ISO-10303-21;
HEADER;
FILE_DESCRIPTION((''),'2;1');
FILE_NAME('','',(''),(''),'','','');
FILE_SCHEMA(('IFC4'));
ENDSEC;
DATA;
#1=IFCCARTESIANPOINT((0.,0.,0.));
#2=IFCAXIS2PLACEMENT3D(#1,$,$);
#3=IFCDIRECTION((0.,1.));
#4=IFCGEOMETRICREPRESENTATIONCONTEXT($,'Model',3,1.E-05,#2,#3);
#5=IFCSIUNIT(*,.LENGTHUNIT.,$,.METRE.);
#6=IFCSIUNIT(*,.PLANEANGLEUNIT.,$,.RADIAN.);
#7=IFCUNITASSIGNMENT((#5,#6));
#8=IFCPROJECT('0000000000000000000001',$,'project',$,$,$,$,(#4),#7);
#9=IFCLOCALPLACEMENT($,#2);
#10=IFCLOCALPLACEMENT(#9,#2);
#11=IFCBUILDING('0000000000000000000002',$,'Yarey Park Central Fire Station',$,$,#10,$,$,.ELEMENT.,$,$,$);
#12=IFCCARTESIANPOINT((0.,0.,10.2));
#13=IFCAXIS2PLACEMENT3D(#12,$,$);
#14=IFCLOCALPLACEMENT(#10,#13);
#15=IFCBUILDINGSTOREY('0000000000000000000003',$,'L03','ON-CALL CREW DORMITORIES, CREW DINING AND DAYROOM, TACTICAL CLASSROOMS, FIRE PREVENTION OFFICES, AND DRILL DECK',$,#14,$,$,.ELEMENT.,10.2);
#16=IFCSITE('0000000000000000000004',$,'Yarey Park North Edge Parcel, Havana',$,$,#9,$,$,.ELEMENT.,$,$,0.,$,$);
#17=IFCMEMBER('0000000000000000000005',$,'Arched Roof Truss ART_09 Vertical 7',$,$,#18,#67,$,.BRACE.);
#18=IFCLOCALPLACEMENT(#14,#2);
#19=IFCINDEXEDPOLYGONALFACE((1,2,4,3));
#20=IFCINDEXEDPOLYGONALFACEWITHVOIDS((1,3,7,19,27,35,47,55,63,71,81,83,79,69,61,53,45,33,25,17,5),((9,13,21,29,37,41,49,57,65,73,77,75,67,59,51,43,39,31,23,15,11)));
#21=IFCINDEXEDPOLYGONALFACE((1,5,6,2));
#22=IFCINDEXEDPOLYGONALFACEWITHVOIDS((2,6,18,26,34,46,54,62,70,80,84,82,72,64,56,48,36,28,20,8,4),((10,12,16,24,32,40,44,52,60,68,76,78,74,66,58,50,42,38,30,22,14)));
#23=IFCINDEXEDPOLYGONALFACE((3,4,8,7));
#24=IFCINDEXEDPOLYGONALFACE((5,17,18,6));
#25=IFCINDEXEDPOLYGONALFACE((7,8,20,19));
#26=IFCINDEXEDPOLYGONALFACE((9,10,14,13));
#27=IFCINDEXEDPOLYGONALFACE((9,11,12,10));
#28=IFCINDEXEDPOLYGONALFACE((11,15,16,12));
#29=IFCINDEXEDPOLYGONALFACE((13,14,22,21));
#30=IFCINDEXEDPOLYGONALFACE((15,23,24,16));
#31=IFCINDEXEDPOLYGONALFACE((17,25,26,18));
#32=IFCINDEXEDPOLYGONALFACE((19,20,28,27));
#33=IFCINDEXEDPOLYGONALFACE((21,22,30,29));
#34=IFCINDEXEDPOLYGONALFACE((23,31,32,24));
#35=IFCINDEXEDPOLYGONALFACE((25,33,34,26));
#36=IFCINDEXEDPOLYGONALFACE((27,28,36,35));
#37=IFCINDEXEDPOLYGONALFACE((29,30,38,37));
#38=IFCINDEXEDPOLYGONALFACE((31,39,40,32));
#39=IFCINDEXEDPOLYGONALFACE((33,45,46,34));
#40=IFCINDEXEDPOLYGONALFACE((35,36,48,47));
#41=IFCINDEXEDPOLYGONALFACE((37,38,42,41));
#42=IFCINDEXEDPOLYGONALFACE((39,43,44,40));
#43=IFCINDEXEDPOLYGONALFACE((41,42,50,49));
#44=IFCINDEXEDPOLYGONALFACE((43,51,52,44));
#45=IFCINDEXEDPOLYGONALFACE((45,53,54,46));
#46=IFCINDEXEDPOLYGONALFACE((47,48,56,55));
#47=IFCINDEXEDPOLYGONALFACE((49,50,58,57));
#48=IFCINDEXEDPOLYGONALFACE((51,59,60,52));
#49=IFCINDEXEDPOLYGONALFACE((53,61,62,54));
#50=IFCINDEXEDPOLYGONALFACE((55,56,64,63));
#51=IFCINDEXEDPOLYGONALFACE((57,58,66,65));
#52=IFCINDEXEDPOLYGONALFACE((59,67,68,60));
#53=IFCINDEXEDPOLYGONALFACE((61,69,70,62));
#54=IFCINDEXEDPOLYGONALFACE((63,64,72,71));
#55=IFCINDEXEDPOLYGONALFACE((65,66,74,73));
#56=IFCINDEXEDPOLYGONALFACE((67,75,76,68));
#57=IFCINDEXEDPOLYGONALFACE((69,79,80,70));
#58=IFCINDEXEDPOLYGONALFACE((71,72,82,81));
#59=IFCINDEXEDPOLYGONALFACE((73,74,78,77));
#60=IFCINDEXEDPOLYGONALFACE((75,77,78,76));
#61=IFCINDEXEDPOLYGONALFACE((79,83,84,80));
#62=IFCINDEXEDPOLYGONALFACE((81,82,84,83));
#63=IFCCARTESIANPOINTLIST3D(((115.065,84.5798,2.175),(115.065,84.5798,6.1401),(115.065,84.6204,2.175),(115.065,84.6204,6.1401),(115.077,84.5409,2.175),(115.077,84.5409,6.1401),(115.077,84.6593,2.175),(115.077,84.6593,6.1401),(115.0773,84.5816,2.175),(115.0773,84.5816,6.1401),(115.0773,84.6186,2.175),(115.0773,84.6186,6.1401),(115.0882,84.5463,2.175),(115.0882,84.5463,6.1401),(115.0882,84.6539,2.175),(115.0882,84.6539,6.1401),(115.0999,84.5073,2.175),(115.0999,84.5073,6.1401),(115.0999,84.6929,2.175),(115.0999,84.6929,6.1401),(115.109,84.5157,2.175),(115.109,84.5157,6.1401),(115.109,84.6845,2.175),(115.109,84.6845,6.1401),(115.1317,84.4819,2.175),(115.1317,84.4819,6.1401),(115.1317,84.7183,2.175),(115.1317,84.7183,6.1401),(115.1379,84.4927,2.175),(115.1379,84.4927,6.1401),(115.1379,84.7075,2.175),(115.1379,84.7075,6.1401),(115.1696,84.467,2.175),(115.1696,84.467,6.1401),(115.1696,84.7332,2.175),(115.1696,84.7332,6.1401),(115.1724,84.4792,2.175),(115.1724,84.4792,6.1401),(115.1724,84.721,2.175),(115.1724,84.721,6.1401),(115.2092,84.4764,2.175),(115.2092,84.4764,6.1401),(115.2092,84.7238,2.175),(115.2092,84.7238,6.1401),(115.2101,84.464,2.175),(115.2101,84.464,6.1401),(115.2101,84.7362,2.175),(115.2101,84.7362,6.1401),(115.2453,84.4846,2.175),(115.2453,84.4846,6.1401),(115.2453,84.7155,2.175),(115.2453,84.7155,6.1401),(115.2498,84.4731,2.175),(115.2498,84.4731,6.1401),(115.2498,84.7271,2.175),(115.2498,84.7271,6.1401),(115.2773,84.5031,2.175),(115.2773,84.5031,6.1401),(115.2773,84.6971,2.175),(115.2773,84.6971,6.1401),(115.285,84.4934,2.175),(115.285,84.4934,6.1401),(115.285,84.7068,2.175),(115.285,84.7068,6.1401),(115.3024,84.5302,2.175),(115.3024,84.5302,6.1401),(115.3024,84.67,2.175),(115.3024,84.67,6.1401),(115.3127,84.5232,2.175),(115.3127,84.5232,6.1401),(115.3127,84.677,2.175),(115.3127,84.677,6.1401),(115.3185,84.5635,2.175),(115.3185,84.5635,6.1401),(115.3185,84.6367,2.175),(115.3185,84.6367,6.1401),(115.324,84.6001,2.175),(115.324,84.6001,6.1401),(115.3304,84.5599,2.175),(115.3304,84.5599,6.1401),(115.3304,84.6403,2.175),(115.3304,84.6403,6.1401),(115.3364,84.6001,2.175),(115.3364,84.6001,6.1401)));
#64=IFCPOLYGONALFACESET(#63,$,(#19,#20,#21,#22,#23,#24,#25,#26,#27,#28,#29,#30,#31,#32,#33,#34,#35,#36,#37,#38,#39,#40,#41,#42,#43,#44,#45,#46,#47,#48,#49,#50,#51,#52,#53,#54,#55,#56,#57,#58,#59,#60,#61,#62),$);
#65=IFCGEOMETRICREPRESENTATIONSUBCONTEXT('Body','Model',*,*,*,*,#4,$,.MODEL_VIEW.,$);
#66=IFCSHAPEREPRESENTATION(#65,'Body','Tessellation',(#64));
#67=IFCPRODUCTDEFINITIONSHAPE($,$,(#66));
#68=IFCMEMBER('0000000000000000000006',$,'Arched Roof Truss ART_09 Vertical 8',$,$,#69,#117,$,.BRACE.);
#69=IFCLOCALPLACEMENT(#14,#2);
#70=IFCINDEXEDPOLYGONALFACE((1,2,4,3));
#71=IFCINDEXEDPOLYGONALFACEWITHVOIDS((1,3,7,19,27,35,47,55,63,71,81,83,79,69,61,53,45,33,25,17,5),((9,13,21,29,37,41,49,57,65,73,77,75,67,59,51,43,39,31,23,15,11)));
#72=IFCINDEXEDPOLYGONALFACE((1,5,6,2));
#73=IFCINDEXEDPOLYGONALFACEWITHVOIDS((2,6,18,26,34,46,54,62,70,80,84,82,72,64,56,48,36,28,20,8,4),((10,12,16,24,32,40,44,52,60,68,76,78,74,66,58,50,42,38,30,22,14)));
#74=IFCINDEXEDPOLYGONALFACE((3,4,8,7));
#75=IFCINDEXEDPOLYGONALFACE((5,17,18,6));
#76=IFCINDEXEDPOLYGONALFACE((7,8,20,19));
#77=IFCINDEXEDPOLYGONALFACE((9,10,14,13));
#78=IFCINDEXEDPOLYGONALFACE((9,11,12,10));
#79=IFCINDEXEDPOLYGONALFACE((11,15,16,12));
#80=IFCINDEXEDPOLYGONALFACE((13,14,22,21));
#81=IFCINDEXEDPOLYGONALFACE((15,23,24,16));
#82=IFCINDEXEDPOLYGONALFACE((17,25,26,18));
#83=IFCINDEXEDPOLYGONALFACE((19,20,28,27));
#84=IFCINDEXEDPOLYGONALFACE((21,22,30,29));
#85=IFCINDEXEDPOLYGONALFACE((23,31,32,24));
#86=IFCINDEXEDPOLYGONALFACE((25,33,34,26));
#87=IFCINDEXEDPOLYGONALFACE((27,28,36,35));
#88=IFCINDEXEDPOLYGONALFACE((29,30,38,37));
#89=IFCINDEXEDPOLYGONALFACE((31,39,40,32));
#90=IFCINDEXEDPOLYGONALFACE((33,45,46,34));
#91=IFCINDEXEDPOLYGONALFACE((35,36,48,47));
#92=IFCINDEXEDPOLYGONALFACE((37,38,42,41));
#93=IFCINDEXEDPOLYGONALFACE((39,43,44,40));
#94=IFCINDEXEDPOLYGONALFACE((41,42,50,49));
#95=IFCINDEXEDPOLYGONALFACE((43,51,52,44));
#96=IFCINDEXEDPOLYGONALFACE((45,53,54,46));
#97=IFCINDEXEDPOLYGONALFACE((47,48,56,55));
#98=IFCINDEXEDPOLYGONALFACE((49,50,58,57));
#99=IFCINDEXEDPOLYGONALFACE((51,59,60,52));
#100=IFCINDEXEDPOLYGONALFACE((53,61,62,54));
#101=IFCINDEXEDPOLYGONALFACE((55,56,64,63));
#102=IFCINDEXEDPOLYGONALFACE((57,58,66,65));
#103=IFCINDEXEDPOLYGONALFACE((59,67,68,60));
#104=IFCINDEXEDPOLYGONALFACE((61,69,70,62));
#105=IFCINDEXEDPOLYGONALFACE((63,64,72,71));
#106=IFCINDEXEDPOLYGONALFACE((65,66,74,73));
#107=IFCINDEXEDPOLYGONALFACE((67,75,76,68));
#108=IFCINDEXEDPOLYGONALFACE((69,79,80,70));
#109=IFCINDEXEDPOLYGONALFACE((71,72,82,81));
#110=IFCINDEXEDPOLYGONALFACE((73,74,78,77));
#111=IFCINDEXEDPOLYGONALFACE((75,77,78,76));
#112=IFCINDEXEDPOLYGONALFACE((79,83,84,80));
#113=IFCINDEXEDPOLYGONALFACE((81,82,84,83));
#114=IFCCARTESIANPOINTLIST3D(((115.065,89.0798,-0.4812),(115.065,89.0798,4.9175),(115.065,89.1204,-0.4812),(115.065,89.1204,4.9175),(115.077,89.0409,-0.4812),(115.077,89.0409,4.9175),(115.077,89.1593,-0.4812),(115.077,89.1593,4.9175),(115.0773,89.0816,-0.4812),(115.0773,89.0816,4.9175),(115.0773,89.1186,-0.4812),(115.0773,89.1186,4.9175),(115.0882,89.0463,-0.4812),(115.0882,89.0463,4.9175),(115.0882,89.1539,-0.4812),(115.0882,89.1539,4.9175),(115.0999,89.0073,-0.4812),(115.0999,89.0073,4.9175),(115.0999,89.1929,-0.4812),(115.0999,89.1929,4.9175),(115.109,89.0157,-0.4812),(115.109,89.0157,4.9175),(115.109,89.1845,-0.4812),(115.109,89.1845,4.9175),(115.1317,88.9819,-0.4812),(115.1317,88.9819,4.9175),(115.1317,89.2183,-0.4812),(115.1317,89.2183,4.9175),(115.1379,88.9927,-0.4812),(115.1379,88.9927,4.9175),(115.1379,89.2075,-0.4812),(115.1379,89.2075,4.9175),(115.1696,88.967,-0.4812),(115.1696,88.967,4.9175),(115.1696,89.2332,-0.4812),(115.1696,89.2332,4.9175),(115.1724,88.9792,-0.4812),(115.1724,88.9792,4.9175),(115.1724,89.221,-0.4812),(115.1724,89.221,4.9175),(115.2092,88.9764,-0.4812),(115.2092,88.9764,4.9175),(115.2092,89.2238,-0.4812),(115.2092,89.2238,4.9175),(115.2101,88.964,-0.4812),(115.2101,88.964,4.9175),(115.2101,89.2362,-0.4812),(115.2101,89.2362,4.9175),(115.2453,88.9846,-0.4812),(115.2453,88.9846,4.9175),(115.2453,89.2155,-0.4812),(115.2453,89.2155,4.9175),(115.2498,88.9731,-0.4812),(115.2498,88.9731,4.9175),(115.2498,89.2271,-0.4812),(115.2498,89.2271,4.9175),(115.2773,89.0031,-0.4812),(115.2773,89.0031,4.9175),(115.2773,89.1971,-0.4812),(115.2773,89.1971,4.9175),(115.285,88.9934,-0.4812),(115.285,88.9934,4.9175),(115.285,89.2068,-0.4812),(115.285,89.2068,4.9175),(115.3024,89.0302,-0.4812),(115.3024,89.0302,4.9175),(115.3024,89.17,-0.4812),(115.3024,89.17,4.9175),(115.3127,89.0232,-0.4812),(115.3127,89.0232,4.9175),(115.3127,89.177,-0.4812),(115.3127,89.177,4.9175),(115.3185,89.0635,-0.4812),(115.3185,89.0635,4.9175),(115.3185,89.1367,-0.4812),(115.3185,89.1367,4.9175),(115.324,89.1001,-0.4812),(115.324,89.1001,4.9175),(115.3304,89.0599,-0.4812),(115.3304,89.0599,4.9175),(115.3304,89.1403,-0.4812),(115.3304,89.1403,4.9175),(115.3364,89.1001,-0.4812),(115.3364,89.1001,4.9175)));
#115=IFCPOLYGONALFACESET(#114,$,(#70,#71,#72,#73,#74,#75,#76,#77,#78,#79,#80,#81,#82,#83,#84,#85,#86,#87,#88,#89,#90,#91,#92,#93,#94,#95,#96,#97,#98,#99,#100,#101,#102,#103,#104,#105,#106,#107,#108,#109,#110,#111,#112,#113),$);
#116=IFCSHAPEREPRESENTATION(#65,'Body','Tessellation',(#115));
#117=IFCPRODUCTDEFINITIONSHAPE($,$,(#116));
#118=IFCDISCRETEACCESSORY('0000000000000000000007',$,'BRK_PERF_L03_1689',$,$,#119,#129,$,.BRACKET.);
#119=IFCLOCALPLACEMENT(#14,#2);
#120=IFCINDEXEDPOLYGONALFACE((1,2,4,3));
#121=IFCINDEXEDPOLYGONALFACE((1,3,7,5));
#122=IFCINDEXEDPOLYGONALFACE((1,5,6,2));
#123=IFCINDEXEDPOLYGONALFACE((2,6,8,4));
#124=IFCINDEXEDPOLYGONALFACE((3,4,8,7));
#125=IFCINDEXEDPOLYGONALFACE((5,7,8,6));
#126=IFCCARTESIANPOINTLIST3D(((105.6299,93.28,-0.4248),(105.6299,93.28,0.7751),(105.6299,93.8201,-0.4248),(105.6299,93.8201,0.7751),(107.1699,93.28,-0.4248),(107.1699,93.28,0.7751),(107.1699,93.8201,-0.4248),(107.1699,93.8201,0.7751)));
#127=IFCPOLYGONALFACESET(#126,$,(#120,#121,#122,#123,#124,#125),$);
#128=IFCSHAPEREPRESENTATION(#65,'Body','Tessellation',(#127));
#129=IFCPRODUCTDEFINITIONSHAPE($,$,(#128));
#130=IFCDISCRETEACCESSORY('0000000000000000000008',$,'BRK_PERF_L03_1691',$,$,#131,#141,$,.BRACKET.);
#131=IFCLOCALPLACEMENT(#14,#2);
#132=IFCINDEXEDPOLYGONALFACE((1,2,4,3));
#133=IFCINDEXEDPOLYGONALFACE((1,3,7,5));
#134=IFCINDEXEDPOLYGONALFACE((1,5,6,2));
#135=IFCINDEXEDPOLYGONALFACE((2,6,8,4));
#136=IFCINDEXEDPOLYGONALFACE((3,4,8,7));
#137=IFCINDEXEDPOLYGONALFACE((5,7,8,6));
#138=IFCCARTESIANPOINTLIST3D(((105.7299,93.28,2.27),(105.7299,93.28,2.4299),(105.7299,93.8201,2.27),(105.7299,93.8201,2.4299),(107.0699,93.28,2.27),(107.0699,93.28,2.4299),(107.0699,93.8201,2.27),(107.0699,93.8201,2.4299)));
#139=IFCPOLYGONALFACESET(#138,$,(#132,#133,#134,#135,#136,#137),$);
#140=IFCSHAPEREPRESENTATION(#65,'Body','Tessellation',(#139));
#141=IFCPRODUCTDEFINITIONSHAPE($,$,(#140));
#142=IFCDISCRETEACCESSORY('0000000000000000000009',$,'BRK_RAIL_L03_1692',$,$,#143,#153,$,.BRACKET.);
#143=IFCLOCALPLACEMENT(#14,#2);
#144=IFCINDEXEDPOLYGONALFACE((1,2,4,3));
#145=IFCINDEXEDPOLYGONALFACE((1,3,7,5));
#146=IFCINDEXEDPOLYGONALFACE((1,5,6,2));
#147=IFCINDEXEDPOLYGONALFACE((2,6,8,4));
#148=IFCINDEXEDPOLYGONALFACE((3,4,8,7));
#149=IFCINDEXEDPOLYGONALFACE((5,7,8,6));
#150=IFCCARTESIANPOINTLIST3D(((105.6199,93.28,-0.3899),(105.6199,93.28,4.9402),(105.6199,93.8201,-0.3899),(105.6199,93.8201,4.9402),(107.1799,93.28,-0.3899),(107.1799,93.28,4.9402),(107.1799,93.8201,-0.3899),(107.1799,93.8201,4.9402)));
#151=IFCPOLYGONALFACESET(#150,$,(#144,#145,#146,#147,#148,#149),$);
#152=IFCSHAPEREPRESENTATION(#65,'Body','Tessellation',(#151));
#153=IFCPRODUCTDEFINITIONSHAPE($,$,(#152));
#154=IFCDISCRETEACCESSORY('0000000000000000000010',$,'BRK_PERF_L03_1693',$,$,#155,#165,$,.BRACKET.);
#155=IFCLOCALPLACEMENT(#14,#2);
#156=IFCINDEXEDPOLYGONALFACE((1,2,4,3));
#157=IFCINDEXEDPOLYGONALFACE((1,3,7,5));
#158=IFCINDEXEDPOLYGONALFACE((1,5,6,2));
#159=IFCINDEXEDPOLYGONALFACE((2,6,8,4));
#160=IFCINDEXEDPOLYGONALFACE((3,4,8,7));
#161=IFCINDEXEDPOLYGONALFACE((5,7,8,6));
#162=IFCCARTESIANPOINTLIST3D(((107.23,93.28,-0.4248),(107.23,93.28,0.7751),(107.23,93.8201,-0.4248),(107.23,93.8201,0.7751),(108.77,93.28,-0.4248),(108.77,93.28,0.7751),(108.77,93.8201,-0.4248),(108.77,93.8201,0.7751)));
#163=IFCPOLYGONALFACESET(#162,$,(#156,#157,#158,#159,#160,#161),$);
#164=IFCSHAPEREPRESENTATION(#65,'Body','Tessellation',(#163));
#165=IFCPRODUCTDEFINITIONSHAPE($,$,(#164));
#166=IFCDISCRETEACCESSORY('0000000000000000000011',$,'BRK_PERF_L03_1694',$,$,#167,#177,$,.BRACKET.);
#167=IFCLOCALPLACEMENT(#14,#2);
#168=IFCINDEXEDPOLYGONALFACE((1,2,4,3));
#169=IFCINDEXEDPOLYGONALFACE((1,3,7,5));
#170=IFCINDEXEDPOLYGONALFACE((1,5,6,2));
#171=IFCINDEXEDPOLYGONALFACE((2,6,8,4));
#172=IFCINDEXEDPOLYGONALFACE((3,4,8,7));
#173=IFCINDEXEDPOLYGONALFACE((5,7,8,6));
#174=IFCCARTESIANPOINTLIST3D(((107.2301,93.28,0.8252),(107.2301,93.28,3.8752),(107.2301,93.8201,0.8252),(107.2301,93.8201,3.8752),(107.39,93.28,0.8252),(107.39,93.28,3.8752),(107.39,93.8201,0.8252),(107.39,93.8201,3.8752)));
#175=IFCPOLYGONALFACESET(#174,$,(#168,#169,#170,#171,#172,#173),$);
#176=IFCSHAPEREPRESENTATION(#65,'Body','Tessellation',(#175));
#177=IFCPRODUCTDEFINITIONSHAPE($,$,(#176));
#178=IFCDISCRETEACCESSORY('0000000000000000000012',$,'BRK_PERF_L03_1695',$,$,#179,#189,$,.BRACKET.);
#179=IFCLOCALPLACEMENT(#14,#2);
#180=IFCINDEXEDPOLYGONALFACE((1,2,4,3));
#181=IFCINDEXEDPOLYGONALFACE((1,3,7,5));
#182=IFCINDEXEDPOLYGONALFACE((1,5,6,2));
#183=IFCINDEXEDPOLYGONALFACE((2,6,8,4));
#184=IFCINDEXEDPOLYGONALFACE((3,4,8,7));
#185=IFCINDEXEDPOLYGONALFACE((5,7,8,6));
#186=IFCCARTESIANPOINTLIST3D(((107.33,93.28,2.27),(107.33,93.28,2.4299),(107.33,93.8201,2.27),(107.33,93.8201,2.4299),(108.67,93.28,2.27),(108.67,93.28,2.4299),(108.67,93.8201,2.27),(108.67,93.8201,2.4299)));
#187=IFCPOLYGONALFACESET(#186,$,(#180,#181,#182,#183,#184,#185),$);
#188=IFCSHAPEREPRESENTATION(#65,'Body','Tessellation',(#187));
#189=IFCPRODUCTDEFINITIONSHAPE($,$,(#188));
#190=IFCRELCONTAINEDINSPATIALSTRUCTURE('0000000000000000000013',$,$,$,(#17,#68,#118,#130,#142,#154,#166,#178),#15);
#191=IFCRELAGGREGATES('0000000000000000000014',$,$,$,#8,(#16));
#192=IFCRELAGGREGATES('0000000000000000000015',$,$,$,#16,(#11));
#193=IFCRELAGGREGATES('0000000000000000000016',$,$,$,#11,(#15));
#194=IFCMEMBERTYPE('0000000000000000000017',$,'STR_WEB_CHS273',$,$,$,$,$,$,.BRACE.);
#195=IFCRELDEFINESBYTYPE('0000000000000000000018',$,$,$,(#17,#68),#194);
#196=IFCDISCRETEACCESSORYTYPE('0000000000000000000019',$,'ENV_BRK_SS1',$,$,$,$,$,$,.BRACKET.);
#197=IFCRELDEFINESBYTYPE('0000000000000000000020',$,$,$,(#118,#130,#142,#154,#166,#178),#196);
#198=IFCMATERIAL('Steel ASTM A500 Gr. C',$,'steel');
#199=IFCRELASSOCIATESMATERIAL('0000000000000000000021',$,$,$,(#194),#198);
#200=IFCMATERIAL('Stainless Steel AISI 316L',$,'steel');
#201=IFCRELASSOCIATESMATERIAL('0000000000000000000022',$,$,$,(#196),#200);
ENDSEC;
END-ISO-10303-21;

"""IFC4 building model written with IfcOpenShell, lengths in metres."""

from ifc_helpers import new_model, si_unit, direction, frame, origin, origin_2d, place, context, subcontext, project, spatial, rectangle, hollow_circle, extrude, material, material_profile, profile_set, type_object, element, save


model = new_model("IFC4")

# Units and contexts
model_context = context("Model", 3, precision=1e-05, world=origin(), true_north=direction((0.0, 1.0)))
body_context = subcontext(model_context, "Body", "Model", "MODEL_VIEW")
ifc_project = project(units=[si_unit("LENGTHUNIT", "METRE"), si_unit("PLANEANGLEUNIT", "RADIAN")], contexts=[model_context])

# Site, building, storey
site_placement = place(None, origin())
site = spatial("IfcSite", under=ifc_project, at=site_placement, Name="Yarey Park North Edge Parcel, Havana", CompositionType="ELEMENT", RefElevation=0.0)
building_placement = place(site_placement, origin())
building = spatial("IfcBuilding", under=site, at=building_placement, Name="Yarey Park Central Fire Station", CompositionType="ELEMENT")
storey_placement = place(building_placement, frame((0.0, 0.0, 10.2)))
storey = spatial("IfcBuildingStorey", under=building, at=storey_placement, Name="L03", Description="ON-CALL CREW DORMITORIES, CREW DINING AND DAYROOM, TACTICAL CLASSROOMS, FIRE PREVENTION OFFICES, AND DRILL DECK", CompositionType="ELEMENT", Elevation=10.2)

# Members
ifc_material_1 = material(Name="Steel ASTM A500 Gr. C", Category="steel")
ifc_material_profile_1 = material_profile(ifc_material_1, hollow_circle(Radius=0.1365, WallThickness=0.0125, at=origin_2d()), Name="CHS 273x12.5")
ifc_profile_set_1 = profile_set([ifc_material_profile_1], Name="Steel ASTM A500 Gr. C")
member_type_1 = type_object("IfcMemberType", Name="STR_WEB_CHS273", PredefinedType="BRACE", material=ifc_profile_set_1)
member_1_placement = place(storey_placement, frame((115.2, 84.6001, 2.175), z_axis=(0.0, 0.0, 1.0), x_axis=(1.0, 0.0, 0.0)))
element("IfcMember", 1, at=member_1_placement, inside=storey, type_object=member_type_1, Name="Arched Roof Truss ART_09 Vertical 7", PredefinedType="BRACE", context=body_context, shape_type="SweptSolid", body=[
    extrude(hollow_circle(Radius=0.1365, WallThickness=0.0125, at=origin_2d()), origin(), (0.0, 0.0, 1.0), 3.9651),
])
member_2_placement = place(storey_placement, frame((115.2, 89.1001, -0.4812), z_axis=(0.0, 0.0, 1.0), x_axis=(1.0, 0.0, 0.0)))
element("IfcMember", 2, at=member_2_placement, inside=storey, type_object=member_type_1, Name="Arched Roof Truss ART_09 Vertical 8", PredefinedType="BRACE", context=body_context, shape_type="SweptSolid", body=[
    extrude(hollow_circle(Radius=0.1365, WallThickness=0.0125, at=origin_2d()), origin(), (0.0, 0.0, 1.0), 5.3987),
])

# Discrete accessories
ifc_material_2 = material(Name="Stainless Steel AISI 316L", Category="steel")
discrete_accessory_type = type_object("IfcDiscreteAccessoryType", Name="ENV_BRK_SS1", PredefinedType="BRACKET", material=ifc_material_2)
discrete_accessory_1_placement = place(storey_placement, frame((106.3999, 93.55, -0.4248), z_axis=(0.0, 0.0, 1.0), x_axis=(1.0, 0.0, 0.0)))
element("IfcDiscreteAccessory", 3, at=discrete_accessory_1_placement, inside=storey, type_object=discrete_accessory_type, Name="BRK_PERF_L03_1689", PredefinedType="BRACKET", context=body_context, shape_type="SweptSolid", body=[
    extrude(rectangle(XDim=1.54, YDim=0.54, at=origin_2d()), origin(), (0.0, 0.0, 1.0), 1.2),
])
discrete_accessory_2_placement = place(storey_placement, frame((106.3999, 93.55, 2.27), z_axis=(0.0, 0.0, 1.0), x_axis=(1.0, 0.0, 0.0)))
element("IfcDiscreteAccessory", 4, at=discrete_accessory_2_placement, inside=storey, type_object=discrete_accessory_type, Name="BRK_PERF_L03_1691", PredefinedType="BRACKET", context=body_context, shape_type="SweptSolid", body=[
    extrude(rectangle(XDim=1.3401, YDim=0.54, at=origin_2d()), origin(), (0.0, 0.0, 1.0), 0.1599),
])
discrete_accessory_3_placement = place(storey_placement, frame((106.3999, 93.55, -0.3899), z_axis=(0.0, 0.0, 1.0), x_axis=(1.0, 0.0, 0.0)))
element("IfcDiscreteAccessory", 5, at=discrete_accessory_3_placement, inside=storey, type_object=discrete_accessory_type, Name="BRK_RAIL_L03_1692", PredefinedType="BRACKET", context=body_context, shape_type="SweptSolid", body=[
    extrude(rectangle(XDim=1.5601, YDim=0.54, at=origin_2d()), origin(), (0.0, 0.0, 1.0), 5.3301),
])
discrete_accessory_4_placement = place(storey_placement, frame((108.0, 93.55, -0.4248), z_axis=(0.0, 0.0, 1.0), x_axis=(1.0, 0.0, 0.0)))
element("IfcDiscreteAccessory", 6, at=discrete_accessory_4_placement, inside=storey, type_object=discrete_accessory_type, Name="BRK_PERF_L03_1693", PredefinedType="BRACKET", context=body_context, shape_type="SweptSolid", body=[
    extrude(rectangle(XDim=1.54, YDim=0.54, at=origin_2d()), origin(), (0.0, 0.0, 1.0), 1.2),
])
discrete_accessory_5_placement = place(storey_placement, frame((107.3101, 93.55, 0.8252), z_axis=(0.0, 0.0, 1.0), x_axis=(1.0, 0.0, 0.0)))
element("IfcDiscreteAccessory", 7, at=discrete_accessory_5_placement, inside=storey, type_object=discrete_accessory_type, Name="BRK_PERF_L03_1694", PredefinedType="BRACKET", context=body_context, shape_type="SweptSolid", body=[
    extrude(rectangle(XDim=0.1599, YDim=0.54, at=origin_2d()), origin(), (0.0, 0.0, 1.0), 3.05),
])
discrete_accessory_6_placement = place(storey_placement, frame((108.0, 93.55, 2.27), z_axis=(0.0, 0.0, 1.0), x_axis=(1.0, 0.0, 0.0)))
element("IfcDiscreteAccessory", 8, at=discrete_accessory_6_placement, inside=storey, type_object=discrete_accessory_type, Name="BRK_PERF_L03_1695", PredefinedType="BRACKET", context=body_context, shape_type="SweptSolid", body=[
    extrude(rectangle(XDim=1.3401, YDim=0.54, at=origin_2d()), origin(), (0.0, 0.0, 1.0), 0.1599),
])

save(model, "model.ifc")
